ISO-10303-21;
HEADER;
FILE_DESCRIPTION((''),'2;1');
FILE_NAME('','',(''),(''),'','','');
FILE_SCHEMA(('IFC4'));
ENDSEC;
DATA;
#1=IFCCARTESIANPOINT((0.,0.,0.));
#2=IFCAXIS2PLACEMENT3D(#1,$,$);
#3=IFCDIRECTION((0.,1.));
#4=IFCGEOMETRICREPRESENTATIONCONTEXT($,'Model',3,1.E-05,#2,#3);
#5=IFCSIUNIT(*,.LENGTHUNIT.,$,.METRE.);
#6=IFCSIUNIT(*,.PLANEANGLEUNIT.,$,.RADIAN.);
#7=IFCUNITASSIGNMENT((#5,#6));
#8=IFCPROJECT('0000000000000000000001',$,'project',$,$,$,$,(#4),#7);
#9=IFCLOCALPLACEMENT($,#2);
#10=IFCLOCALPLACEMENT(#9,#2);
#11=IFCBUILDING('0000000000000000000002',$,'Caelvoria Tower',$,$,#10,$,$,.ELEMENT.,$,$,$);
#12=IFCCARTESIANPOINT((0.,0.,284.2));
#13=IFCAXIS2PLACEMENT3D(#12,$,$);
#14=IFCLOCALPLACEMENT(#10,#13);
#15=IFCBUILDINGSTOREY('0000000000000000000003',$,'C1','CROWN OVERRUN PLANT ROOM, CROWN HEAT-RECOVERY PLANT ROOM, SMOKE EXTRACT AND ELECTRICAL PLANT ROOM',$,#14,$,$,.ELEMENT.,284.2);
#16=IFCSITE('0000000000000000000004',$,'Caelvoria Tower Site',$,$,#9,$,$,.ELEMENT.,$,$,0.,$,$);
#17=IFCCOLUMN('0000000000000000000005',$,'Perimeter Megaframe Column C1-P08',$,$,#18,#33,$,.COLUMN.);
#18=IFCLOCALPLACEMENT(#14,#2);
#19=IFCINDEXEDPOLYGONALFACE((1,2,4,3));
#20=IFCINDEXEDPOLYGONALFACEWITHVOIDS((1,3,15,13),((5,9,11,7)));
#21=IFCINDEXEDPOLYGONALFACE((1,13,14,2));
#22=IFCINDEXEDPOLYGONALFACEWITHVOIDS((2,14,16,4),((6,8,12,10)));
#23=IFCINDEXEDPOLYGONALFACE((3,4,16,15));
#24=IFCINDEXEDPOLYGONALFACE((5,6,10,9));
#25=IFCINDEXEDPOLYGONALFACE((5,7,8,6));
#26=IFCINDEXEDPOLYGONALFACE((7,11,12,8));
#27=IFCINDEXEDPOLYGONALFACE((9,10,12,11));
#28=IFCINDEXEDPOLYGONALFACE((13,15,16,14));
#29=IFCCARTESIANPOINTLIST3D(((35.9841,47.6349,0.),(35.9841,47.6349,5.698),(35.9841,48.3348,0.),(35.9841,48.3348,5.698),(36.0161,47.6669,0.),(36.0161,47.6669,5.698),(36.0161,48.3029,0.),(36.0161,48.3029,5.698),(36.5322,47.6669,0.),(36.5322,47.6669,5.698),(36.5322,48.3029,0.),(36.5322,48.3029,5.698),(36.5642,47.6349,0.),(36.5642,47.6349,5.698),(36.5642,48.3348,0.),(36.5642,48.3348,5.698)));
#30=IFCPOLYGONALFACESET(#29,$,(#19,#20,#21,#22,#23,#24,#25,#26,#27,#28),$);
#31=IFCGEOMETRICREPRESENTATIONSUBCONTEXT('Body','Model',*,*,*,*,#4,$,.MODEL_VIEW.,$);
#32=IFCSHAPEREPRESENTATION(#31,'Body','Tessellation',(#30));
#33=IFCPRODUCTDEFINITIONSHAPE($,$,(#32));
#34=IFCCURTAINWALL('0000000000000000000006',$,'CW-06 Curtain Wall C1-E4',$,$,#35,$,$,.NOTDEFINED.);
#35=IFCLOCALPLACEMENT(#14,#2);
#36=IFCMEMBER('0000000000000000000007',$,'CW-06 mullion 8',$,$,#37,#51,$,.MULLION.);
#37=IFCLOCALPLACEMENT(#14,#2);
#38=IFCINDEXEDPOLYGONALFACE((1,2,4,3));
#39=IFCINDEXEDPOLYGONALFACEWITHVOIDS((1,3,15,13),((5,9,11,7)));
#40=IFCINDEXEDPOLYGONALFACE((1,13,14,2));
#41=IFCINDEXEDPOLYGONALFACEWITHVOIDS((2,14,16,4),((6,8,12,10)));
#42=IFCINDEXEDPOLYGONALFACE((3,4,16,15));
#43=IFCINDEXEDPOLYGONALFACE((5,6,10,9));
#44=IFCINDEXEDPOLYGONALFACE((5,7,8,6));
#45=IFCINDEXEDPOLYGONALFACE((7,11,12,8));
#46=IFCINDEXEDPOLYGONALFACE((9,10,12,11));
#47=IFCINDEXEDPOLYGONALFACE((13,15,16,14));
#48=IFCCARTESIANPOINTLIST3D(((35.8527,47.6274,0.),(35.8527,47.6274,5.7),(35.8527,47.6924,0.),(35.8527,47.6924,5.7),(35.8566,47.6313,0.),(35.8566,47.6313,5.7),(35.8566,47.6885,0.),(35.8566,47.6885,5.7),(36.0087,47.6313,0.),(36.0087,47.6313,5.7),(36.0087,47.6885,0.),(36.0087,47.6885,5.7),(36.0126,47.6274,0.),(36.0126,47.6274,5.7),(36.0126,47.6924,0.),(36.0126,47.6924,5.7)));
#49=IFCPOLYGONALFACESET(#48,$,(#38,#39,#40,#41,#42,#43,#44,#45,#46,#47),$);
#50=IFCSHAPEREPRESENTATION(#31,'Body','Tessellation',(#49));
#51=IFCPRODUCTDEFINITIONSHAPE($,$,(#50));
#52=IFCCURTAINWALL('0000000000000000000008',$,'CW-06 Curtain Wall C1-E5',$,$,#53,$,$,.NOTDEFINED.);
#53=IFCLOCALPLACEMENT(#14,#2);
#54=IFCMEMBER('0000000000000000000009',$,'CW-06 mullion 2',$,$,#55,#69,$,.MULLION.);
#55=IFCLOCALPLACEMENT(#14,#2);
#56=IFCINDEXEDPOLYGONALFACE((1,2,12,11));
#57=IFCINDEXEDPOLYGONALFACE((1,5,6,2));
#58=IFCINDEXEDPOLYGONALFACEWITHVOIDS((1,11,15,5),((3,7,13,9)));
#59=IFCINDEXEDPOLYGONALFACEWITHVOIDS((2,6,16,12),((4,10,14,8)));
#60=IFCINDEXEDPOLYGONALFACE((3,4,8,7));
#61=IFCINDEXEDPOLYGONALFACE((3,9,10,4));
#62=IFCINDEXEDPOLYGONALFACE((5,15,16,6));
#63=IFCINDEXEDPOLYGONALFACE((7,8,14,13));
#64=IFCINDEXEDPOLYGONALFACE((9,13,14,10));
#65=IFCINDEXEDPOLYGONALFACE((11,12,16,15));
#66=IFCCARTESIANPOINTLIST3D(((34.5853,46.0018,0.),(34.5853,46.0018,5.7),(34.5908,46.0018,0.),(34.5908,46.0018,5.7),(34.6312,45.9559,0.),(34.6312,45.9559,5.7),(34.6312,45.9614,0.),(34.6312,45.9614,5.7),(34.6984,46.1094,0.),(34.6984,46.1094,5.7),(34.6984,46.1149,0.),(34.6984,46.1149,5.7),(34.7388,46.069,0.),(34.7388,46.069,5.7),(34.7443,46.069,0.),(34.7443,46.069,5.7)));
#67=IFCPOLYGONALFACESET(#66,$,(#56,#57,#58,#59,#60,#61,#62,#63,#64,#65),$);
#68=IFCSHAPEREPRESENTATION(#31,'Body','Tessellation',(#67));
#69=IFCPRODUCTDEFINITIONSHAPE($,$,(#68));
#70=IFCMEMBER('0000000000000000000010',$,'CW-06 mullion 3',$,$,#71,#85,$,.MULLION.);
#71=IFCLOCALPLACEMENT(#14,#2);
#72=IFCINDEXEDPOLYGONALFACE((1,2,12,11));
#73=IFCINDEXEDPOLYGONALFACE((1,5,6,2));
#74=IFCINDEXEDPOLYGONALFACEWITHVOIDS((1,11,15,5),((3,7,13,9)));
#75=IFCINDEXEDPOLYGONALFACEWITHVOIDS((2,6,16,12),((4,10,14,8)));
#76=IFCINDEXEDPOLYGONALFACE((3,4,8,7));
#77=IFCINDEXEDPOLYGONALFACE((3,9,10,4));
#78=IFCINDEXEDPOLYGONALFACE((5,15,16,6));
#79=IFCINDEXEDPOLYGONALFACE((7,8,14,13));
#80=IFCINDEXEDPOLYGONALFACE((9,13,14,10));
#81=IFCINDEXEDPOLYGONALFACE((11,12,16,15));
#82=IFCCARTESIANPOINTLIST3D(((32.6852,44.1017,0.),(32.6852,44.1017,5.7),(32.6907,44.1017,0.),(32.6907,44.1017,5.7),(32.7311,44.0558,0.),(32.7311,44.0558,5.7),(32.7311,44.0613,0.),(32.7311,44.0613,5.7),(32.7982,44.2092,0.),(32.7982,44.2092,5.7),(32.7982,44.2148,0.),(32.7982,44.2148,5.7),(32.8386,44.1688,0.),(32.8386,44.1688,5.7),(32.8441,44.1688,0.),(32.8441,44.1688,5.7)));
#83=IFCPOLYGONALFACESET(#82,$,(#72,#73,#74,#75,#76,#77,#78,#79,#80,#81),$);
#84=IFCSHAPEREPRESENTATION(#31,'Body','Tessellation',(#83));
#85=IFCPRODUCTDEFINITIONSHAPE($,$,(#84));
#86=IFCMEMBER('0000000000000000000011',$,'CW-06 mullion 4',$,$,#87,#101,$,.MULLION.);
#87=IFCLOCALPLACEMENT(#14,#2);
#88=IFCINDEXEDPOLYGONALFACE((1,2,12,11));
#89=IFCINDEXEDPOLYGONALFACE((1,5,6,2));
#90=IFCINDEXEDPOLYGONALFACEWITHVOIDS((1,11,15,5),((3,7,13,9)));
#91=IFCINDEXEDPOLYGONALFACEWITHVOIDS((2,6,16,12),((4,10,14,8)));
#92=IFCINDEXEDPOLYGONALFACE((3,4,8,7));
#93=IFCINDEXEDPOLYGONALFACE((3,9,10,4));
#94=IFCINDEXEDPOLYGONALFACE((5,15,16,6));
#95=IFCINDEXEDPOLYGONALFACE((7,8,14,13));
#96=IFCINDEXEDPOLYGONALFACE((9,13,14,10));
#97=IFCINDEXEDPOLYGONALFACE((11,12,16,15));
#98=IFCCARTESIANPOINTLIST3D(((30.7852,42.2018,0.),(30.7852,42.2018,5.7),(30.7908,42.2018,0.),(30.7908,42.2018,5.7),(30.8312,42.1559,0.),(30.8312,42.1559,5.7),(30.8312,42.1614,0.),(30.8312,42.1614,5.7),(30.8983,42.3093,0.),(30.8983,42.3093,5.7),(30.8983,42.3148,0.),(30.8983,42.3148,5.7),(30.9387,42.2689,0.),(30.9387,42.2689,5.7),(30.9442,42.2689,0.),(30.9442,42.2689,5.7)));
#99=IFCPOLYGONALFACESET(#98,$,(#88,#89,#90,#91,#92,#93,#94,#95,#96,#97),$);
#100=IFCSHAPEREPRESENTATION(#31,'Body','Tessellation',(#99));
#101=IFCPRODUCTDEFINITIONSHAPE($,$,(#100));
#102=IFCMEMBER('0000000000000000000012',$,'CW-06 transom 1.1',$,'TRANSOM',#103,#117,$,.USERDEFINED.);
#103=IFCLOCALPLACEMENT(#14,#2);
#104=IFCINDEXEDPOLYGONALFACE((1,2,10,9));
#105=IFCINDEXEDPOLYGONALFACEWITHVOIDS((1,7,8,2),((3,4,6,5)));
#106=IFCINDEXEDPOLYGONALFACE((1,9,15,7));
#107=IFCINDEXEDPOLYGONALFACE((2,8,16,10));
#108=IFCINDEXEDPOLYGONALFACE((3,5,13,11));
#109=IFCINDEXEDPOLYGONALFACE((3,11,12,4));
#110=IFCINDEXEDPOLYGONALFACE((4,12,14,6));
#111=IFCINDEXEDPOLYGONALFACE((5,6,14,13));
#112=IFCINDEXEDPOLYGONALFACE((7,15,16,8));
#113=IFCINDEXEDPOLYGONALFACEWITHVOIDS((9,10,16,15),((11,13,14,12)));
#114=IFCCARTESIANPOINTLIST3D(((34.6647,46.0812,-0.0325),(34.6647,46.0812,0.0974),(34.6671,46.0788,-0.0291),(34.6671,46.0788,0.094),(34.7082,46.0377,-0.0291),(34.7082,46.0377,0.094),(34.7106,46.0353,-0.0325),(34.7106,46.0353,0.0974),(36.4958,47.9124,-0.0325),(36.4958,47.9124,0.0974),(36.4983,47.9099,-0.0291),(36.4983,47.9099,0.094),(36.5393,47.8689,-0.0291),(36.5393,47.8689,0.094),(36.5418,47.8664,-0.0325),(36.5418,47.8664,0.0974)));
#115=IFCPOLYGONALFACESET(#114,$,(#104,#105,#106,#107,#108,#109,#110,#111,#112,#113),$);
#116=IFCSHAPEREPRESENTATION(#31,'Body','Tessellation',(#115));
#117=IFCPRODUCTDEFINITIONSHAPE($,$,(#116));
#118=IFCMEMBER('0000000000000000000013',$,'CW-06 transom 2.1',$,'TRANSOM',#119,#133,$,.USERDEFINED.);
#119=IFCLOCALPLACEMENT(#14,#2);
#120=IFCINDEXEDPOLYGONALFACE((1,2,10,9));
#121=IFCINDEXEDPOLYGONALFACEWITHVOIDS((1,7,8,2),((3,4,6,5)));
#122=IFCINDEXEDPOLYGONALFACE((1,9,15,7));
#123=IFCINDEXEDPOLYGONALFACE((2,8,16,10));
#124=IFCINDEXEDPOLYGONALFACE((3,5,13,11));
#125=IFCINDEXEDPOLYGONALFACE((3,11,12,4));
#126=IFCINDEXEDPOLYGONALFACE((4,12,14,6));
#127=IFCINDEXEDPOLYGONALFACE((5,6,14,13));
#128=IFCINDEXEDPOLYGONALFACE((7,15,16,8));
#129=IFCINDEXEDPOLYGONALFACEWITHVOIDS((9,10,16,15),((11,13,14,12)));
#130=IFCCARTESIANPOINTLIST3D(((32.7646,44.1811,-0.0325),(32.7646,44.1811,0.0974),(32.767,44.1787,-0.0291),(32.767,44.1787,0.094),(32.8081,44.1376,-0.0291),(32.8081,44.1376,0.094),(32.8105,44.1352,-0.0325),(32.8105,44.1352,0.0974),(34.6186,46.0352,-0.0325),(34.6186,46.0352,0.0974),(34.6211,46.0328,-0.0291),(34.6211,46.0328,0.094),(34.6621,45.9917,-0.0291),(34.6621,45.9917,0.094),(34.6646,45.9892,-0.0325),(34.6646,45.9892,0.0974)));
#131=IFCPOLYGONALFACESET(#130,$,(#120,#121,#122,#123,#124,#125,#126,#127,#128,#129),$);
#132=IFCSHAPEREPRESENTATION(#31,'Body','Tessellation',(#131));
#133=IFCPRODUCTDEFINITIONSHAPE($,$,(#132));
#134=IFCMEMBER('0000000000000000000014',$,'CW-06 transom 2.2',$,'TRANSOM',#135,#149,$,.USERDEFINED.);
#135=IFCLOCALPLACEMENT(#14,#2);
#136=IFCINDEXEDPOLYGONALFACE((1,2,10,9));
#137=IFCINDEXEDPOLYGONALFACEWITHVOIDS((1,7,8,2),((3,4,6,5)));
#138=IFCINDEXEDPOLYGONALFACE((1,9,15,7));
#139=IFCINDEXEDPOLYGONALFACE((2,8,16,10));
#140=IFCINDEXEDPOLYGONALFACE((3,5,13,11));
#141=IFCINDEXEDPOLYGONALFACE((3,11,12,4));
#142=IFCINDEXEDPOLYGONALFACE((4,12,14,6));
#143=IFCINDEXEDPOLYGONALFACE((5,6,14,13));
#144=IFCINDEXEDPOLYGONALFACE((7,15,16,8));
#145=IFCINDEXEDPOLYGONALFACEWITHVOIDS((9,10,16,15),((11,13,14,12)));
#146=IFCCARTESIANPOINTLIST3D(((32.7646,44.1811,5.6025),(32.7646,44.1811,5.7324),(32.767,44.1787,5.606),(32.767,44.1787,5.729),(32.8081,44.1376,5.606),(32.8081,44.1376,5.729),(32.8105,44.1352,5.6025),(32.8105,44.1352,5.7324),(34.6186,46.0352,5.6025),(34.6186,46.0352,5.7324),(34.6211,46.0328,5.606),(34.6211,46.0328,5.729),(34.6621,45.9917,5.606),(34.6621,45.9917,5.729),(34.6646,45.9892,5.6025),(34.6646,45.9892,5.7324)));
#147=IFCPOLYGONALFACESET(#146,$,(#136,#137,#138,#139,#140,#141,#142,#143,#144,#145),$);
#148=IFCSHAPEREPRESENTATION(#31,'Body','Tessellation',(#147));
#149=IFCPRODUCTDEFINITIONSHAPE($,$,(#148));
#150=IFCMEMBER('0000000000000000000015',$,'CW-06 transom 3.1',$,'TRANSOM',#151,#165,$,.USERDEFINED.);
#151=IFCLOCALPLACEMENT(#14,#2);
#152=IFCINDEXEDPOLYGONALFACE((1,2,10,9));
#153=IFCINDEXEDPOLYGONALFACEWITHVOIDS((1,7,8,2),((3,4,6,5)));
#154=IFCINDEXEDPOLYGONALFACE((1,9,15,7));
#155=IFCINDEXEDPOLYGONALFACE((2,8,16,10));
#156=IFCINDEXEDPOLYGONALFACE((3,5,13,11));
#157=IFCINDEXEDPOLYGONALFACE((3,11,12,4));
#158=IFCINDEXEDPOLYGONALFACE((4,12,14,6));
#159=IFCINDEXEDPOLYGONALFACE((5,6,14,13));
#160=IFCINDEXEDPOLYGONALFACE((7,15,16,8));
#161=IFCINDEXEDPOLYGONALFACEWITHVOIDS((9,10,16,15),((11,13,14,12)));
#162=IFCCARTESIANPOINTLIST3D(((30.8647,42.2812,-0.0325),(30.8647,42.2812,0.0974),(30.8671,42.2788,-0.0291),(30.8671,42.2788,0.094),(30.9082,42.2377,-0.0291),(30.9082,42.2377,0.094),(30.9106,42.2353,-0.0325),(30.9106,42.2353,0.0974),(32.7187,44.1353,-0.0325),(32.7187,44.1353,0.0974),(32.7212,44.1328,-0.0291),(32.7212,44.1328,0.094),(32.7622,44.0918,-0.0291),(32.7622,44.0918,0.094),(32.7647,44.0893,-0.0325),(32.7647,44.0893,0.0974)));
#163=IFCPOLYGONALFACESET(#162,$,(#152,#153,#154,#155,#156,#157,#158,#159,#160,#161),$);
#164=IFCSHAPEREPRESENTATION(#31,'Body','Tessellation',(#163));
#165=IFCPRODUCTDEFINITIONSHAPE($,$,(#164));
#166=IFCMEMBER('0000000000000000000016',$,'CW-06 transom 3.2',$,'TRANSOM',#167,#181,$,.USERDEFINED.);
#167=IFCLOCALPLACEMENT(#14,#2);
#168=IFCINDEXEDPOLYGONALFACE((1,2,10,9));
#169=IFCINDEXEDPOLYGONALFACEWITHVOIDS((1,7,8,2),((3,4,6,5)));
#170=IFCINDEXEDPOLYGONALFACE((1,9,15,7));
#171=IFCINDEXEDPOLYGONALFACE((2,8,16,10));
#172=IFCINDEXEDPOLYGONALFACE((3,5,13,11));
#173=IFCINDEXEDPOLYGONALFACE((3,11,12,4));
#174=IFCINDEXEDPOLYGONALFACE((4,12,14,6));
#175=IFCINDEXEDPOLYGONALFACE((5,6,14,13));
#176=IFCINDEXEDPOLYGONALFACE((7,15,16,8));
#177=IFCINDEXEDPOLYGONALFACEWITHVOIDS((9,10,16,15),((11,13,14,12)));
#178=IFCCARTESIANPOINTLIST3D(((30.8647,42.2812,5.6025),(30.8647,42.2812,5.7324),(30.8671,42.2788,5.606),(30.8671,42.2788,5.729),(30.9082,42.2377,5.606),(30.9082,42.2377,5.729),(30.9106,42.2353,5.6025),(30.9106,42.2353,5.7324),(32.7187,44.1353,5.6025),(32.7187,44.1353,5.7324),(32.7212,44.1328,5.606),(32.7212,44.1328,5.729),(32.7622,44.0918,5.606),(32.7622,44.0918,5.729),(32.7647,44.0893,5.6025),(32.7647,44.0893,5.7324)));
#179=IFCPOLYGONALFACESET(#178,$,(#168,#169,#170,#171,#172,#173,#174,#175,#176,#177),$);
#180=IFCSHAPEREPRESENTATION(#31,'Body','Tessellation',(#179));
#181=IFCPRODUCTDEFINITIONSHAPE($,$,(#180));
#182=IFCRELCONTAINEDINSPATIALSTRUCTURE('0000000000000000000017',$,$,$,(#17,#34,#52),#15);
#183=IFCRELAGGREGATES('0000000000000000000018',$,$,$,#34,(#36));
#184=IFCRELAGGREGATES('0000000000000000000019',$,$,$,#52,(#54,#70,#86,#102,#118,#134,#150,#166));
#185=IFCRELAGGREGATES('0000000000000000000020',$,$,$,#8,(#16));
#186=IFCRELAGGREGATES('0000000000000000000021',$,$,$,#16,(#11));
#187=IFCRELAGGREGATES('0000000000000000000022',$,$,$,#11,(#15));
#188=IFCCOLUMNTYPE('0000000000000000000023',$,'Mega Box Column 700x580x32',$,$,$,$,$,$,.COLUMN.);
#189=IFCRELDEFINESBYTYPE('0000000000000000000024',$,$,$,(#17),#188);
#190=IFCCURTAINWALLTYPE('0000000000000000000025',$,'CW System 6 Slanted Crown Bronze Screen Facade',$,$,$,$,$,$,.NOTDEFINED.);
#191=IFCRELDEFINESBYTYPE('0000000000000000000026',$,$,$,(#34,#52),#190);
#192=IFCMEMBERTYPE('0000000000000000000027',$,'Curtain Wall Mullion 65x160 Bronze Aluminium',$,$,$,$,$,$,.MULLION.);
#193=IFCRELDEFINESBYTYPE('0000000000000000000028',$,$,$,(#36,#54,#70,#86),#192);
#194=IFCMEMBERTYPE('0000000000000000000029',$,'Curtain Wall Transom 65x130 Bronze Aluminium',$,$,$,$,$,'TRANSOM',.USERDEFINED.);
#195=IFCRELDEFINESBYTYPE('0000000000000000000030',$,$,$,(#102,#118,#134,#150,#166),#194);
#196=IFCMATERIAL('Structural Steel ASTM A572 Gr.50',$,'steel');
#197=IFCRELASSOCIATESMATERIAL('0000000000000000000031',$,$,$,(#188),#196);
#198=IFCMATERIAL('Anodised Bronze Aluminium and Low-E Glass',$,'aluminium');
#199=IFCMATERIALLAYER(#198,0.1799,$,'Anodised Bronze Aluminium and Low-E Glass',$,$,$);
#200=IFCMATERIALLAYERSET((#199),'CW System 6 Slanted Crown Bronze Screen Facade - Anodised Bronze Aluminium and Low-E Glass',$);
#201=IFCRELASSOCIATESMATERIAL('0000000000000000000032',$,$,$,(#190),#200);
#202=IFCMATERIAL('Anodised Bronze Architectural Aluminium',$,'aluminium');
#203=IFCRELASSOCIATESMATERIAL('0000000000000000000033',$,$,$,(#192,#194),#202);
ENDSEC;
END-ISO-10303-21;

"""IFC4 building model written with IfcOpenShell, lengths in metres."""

from ifc_helpers import new_model, si_unit, direction, frame, origin, origin_2d, place, context, subcontext, project, spatial, hollow_rectangle, extrude, material, layer, layer_set, material_profile, profile_set, type_object, element, aggregate, save


model = new_model("IFC4")

# Units and contexts
model_context = context("Model", 3, precision=1e-05, world=origin(), true_north=direction((0.0, 1.0)))
body_context = subcontext(model_context, "Body", "Model", "MODEL_VIEW")
ifc_project = project(units=[si_unit("LENGTHUNIT", "METRE"), si_unit("PLANEANGLEUNIT", "RADIAN")], contexts=[model_context])

# Site, building, storey
site_placement = place(None, origin())
site = spatial("IfcSite", under=ifc_project, at=site_placement, Name="Caelvoria Tower Site", CompositionType="ELEMENT", RefElevation=0.0)
building_placement = place(site_placement, origin())
building = spatial("IfcBuilding", under=site, at=building_placement, Name="Caelvoria Tower", CompositionType="ELEMENT")
storey_placement = place(building_placement, frame((0.0, 0.0, 284.2)))
storey = spatial("IfcBuildingStorey", under=building, at=storey_placement, Name="C1", Description="CROWN OVERRUN PLANT ROOM, CROWN HEAT-RECOVERY PLANT ROOM, SMOKE EXTRACT AND ELECTRICAL PLANT ROOM", CompositionType="ELEMENT", Elevation=284.2)

# Column
ifc_material_1 = material(Name="Structural Steel ASTM A572 Gr.50", Category="steel")
ifc_material_profile_1 = material_profile(ifc_material_1, hollow_rectangle(XDim=0.5801, YDim=0.7, WallThickness=0.032, at=origin_2d()), Name="Structural Steel ASTM A572 Gr.50")
ifc_profile_set_1 = profile_set([ifc_material_profile_1], Name="BOX700X580X32 - Structural Steel ASTM A572 Gr.50")
column_type = type_object("IfcColumnType", Name="Mega Box Column 700x580x32", PredefinedType="COLUMN", material=ifc_profile_set_1)
column_placement = place(storey_placement, frame((36.2742, 47.9849, 0.0), z_axis=(0.0, 0.0, 1.0), x_axis=(1.0, 0.0, 0.0)))
element("IfcColumn", 1, at=column_placement, inside=storey, type_object=column_type, Name="Perimeter Megaframe Column C1-P08", PredefinedType="COLUMN", context=body_context, shape_type="SweptSolid", body=[
    extrude(hollow_rectangle(XDim=0.5801, YDim=0.7, WallThickness=0.032, at=origin_2d()), origin(), (0.0, 0.0, 1.0), 5.698),
])

# Curtain wall, member
ifc_material_2 = material(Name="Anodised Bronze Aluminium and Low-E Glass", Category="aluminium")
ifc_layer_1 = layer(ifc_material_2, 0.1799, Name="Anodised Bronze Aluminium and Low-E Glass")
ifc_layer_set_1 = layer_set([ifc_layer_1], Name="CW System 6 Slanted Crown Bronze Screen Facade - Anodised Bronze Aluminium and Low-E Glass")
curtain_wall_type = type_object("IfcCurtainWallType", Name="CW System 6 Slanted Crown Bronze Screen Facade", PredefinedType="NOTDEFINED", material=ifc_layer_set_1)
curtain_wall_1_placement = place(storey_placement, origin())
curtain_wall_1 = element("IfcCurtainWall", 2, at=curtain_wall_1_placement, inside=storey, type_object=curtain_wall_type, Name="CW-06 Curtain Wall C1-E4", PredefinedType="NOTDEFINED")
ifc_material_3 = material(Name="Anodised Bronze Architectural Aluminium", Category="aluminium")
ifc_material_profile_2 = material_profile(ifc_material_3, hollow_rectangle(XDim=0.0649, YDim=0.1599, WallThickness=0.0039, at=origin_2d()), Name="Anodised Bronze Architectural Aluminium")
ifc_profile_set_2 = profile_set([ifc_material_profile_2], Name="CW_MULL_65X160 - Anodised Bronze Architectural Aluminium")
member_type_1 = type_object("IfcMemberType", Name="Curtain Wall Mullion 65x160 Bronze Aluminium", PredefinedType="MULLION", material=ifc_profile_set_2)
member_1_placement = place(storey_placement, frame((35.9326, 47.6599, 0.0), z_axis=(0.0, 0.0, 1.0), x_axis=(0.0, -1.0, 0.0)))
member_1 = element("IfcMember", 3, at=member_1_placement, type_object=member_type_1, Name="CW-06 mullion 8", PredefinedType="MULLION", context=body_context, shape_type="SweptSolid", body=[
    extrude(hollow_rectangle(XDim=0.0649, YDim=0.1599, WallThickness=0.0039, at=origin_2d()), origin(), (0.0, 0.0, 1.0), 5.7),
])
aggregate(curtain_wall_1, [member_1])

# Curtain wall, members
curtain_wall_2_placement = place(storey_placement, origin())
curtain_wall_2 = element("IfcCurtainWall", 4, at=curtain_wall_2_placement, inside=storey, type_object=curtain_wall_type, Name="CW-06 Curtain Wall C1-E5", PredefinedType="NOTDEFINED")
member_2_placement = place(storey_placement, frame((34.6648, 46.0354, 0.0), z_axis=(0.0, 0.0, 1.0), x_axis=(0.707107, -0.707107, 0.0)))
member_2 = element("IfcMember", 5, at=member_2_placement, type_object=member_type_1, Name="CW-06 mullion 2", PredefinedType="MULLION", context=body_context, shape_type="SweptSolid", body=[
    extrude(hollow_rectangle(XDim=0.0649, YDim=0.1599, WallThickness=0.0039, at=origin_2d()), origin(), (0.0, 0.0, 1.0), 5.7),
])
member_3_placement = place(storey_placement, frame((32.7646, 44.1353, 0.0), z_axis=(0.0, 0.0, 1.0), x_axis=(0.707107, -0.707107, 0.0)))
member_3 = element("IfcMember", 6, at=member_3_placement, type_object=member_type_1, Name="CW-06 mullion 3", PredefinedType="MULLION", context=body_context, shape_type="SweptSolid", body=[
    extrude(hollow_rectangle(XDim=0.0649, YDim=0.1599, WallThickness=0.0039, at=origin_2d()), origin(), (0.0, 0.0, 1.0), 5.7),
])
member_4_placement = place(storey_placement, frame((30.8647, 42.2354, 0.0), z_axis=(0.0, 0.0, 1.0), x_axis=(0.707107, -0.707107, 0.0)))
member_4 = element("IfcMember", 7, at=member_4_placement, type_object=member_type_1, Name="CW-06 mullion 4", PredefinedType="MULLION", context=body_context, shape_type="SweptSolid", body=[
    extrude(hollow_rectangle(XDim=0.0649, YDim=0.1599, WallThickness=0.0039, at=origin_2d()), origin(), (0.0, 0.0, 1.0), 5.7),
])
ifc_material_profile_3 = material_profile(ifc_material_3, hollow_rectangle(XDim=0.0649, YDim=0.1299, WallThickness=0.0034, at=origin_2d()), Name="Anodised Bronze Architectural Aluminium")
ifc_profile_set_3 = profile_set([ifc_material_profile_3], Name="CW_TRAN_65X130 - Anodised Bronze Architectural Aluminium")
member_type_2 = type_object("IfcMemberType", Name="Curtain Wall Transom 65x130 Bronze Aluminium", ElementType="TRANSOM", PredefinedType="USERDEFINED", material=ifc_profile_set_3)
member_5_placement = place(storey_placement, frame((36.5188, 47.8894, 0.0325), z_axis=(-0.707107, -0.707107, 0.0), x_axis=(0.707107, -0.707107, 0.0)))
member_5 = element("IfcMember", 8, at=member_5_placement, type_object=member_type_2, Name="CW-06 transom 1.1", ObjectType="TRANSOM", PredefinedType="USERDEFINED", context=body_context, shape_type="SweptSolid", body=[
    extrude(hollow_rectangle(XDim=0.0649, YDim=0.1299, WallThickness=0.0034, at=origin_2d()), origin(), (0.0, 0.0, 1.0), 2.5896),
])
member_6_placement = place(storey_placement, frame((34.6416, 46.0122, 0.0325), z_axis=(-0.707107, -0.707107, 0.0), x_axis=(0.707107, -0.707107, 0.0)))
member_6 = element("IfcMember", 9, at=member_6_placement, type_object=member_type_2, Name="CW-06 transom 2.1", ObjectType="TRANSOM", PredefinedType="USERDEFINED", context=body_context, shape_type="SweptSolid", body=[
    extrude(hollow_rectangle(XDim=0.0649, YDim=0.1299, WallThickness=0.0034, at=origin_2d()), origin(), (0.0, 0.0, 1.0), 2.6221),
])
member_7_placement = place(storey_placement, frame((34.6416, 46.0122, 5.6675), z_axis=(-0.707107, -0.707107, 0.0), x_axis=(0.707107, -0.707107, 0.0)))
member_7 = element("IfcMember", 10, at=member_7_placement, type_object=member_type_2, Name="CW-06 transom 2.2", ObjectType="TRANSOM", PredefinedType="USERDEFINED", context=body_context, shape_type="SweptSolid", body=[
    extrude(hollow_rectangle(XDim=0.0649, YDim=0.1299, WallThickness=0.0034, at=origin_2d()), origin(), (0.0, 0.0, 1.0), 2.6221),
])
member_8_placement = place(storey_placement, frame((32.7417, 44.1123, 0.0325), z_axis=(-0.707107, -0.707107, 0.0), x_axis=(0.707107, -0.707107, 0.0)))
member_8 = element("IfcMember", 11, at=member_8_placement, type_object=member_type_2, Name="CW-06 transom 3.1", ObjectType="TRANSOM", PredefinedType="USERDEFINED", context=body_context, shape_type="SweptSolid", body=[
    extrude(hollow_rectangle(XDim=0.0649, YDim=0.1299, WallThickness=0.0034, at=origin_2d()), origin(), (0.0, 0.0, 1.0), 2.6221),
])
member_9_placement = place(storey_placement, frame((32.7417, 44.1123, 5.6675), z_axis=(-0.707107, -0.707107, 0.0), x_axis=(0.707107, -0.707107, 0.0)))
member_9 = element("IfcMember", 12, at=member_9_placement, type_object=member_type_2, Name="CW-06 transom 3.2", ObjectType="TRANSOM", PredefinedType="USERDEFINED", context=body_context, shape_type="SweptSolid", body=[
    extrude(hollow_rectangle(XDim=0.0649, YDim=0.1299, WallThickness=0.0034, at=origin_2d()), origin(), (0.0, 0.0, 1.0), 2.6221),
])

aggregate(curtain_wall_2, [member_2, member_3, member_4, member_5, member_6, member_7, member_8, member_9])

save(model, "model.ifc")
